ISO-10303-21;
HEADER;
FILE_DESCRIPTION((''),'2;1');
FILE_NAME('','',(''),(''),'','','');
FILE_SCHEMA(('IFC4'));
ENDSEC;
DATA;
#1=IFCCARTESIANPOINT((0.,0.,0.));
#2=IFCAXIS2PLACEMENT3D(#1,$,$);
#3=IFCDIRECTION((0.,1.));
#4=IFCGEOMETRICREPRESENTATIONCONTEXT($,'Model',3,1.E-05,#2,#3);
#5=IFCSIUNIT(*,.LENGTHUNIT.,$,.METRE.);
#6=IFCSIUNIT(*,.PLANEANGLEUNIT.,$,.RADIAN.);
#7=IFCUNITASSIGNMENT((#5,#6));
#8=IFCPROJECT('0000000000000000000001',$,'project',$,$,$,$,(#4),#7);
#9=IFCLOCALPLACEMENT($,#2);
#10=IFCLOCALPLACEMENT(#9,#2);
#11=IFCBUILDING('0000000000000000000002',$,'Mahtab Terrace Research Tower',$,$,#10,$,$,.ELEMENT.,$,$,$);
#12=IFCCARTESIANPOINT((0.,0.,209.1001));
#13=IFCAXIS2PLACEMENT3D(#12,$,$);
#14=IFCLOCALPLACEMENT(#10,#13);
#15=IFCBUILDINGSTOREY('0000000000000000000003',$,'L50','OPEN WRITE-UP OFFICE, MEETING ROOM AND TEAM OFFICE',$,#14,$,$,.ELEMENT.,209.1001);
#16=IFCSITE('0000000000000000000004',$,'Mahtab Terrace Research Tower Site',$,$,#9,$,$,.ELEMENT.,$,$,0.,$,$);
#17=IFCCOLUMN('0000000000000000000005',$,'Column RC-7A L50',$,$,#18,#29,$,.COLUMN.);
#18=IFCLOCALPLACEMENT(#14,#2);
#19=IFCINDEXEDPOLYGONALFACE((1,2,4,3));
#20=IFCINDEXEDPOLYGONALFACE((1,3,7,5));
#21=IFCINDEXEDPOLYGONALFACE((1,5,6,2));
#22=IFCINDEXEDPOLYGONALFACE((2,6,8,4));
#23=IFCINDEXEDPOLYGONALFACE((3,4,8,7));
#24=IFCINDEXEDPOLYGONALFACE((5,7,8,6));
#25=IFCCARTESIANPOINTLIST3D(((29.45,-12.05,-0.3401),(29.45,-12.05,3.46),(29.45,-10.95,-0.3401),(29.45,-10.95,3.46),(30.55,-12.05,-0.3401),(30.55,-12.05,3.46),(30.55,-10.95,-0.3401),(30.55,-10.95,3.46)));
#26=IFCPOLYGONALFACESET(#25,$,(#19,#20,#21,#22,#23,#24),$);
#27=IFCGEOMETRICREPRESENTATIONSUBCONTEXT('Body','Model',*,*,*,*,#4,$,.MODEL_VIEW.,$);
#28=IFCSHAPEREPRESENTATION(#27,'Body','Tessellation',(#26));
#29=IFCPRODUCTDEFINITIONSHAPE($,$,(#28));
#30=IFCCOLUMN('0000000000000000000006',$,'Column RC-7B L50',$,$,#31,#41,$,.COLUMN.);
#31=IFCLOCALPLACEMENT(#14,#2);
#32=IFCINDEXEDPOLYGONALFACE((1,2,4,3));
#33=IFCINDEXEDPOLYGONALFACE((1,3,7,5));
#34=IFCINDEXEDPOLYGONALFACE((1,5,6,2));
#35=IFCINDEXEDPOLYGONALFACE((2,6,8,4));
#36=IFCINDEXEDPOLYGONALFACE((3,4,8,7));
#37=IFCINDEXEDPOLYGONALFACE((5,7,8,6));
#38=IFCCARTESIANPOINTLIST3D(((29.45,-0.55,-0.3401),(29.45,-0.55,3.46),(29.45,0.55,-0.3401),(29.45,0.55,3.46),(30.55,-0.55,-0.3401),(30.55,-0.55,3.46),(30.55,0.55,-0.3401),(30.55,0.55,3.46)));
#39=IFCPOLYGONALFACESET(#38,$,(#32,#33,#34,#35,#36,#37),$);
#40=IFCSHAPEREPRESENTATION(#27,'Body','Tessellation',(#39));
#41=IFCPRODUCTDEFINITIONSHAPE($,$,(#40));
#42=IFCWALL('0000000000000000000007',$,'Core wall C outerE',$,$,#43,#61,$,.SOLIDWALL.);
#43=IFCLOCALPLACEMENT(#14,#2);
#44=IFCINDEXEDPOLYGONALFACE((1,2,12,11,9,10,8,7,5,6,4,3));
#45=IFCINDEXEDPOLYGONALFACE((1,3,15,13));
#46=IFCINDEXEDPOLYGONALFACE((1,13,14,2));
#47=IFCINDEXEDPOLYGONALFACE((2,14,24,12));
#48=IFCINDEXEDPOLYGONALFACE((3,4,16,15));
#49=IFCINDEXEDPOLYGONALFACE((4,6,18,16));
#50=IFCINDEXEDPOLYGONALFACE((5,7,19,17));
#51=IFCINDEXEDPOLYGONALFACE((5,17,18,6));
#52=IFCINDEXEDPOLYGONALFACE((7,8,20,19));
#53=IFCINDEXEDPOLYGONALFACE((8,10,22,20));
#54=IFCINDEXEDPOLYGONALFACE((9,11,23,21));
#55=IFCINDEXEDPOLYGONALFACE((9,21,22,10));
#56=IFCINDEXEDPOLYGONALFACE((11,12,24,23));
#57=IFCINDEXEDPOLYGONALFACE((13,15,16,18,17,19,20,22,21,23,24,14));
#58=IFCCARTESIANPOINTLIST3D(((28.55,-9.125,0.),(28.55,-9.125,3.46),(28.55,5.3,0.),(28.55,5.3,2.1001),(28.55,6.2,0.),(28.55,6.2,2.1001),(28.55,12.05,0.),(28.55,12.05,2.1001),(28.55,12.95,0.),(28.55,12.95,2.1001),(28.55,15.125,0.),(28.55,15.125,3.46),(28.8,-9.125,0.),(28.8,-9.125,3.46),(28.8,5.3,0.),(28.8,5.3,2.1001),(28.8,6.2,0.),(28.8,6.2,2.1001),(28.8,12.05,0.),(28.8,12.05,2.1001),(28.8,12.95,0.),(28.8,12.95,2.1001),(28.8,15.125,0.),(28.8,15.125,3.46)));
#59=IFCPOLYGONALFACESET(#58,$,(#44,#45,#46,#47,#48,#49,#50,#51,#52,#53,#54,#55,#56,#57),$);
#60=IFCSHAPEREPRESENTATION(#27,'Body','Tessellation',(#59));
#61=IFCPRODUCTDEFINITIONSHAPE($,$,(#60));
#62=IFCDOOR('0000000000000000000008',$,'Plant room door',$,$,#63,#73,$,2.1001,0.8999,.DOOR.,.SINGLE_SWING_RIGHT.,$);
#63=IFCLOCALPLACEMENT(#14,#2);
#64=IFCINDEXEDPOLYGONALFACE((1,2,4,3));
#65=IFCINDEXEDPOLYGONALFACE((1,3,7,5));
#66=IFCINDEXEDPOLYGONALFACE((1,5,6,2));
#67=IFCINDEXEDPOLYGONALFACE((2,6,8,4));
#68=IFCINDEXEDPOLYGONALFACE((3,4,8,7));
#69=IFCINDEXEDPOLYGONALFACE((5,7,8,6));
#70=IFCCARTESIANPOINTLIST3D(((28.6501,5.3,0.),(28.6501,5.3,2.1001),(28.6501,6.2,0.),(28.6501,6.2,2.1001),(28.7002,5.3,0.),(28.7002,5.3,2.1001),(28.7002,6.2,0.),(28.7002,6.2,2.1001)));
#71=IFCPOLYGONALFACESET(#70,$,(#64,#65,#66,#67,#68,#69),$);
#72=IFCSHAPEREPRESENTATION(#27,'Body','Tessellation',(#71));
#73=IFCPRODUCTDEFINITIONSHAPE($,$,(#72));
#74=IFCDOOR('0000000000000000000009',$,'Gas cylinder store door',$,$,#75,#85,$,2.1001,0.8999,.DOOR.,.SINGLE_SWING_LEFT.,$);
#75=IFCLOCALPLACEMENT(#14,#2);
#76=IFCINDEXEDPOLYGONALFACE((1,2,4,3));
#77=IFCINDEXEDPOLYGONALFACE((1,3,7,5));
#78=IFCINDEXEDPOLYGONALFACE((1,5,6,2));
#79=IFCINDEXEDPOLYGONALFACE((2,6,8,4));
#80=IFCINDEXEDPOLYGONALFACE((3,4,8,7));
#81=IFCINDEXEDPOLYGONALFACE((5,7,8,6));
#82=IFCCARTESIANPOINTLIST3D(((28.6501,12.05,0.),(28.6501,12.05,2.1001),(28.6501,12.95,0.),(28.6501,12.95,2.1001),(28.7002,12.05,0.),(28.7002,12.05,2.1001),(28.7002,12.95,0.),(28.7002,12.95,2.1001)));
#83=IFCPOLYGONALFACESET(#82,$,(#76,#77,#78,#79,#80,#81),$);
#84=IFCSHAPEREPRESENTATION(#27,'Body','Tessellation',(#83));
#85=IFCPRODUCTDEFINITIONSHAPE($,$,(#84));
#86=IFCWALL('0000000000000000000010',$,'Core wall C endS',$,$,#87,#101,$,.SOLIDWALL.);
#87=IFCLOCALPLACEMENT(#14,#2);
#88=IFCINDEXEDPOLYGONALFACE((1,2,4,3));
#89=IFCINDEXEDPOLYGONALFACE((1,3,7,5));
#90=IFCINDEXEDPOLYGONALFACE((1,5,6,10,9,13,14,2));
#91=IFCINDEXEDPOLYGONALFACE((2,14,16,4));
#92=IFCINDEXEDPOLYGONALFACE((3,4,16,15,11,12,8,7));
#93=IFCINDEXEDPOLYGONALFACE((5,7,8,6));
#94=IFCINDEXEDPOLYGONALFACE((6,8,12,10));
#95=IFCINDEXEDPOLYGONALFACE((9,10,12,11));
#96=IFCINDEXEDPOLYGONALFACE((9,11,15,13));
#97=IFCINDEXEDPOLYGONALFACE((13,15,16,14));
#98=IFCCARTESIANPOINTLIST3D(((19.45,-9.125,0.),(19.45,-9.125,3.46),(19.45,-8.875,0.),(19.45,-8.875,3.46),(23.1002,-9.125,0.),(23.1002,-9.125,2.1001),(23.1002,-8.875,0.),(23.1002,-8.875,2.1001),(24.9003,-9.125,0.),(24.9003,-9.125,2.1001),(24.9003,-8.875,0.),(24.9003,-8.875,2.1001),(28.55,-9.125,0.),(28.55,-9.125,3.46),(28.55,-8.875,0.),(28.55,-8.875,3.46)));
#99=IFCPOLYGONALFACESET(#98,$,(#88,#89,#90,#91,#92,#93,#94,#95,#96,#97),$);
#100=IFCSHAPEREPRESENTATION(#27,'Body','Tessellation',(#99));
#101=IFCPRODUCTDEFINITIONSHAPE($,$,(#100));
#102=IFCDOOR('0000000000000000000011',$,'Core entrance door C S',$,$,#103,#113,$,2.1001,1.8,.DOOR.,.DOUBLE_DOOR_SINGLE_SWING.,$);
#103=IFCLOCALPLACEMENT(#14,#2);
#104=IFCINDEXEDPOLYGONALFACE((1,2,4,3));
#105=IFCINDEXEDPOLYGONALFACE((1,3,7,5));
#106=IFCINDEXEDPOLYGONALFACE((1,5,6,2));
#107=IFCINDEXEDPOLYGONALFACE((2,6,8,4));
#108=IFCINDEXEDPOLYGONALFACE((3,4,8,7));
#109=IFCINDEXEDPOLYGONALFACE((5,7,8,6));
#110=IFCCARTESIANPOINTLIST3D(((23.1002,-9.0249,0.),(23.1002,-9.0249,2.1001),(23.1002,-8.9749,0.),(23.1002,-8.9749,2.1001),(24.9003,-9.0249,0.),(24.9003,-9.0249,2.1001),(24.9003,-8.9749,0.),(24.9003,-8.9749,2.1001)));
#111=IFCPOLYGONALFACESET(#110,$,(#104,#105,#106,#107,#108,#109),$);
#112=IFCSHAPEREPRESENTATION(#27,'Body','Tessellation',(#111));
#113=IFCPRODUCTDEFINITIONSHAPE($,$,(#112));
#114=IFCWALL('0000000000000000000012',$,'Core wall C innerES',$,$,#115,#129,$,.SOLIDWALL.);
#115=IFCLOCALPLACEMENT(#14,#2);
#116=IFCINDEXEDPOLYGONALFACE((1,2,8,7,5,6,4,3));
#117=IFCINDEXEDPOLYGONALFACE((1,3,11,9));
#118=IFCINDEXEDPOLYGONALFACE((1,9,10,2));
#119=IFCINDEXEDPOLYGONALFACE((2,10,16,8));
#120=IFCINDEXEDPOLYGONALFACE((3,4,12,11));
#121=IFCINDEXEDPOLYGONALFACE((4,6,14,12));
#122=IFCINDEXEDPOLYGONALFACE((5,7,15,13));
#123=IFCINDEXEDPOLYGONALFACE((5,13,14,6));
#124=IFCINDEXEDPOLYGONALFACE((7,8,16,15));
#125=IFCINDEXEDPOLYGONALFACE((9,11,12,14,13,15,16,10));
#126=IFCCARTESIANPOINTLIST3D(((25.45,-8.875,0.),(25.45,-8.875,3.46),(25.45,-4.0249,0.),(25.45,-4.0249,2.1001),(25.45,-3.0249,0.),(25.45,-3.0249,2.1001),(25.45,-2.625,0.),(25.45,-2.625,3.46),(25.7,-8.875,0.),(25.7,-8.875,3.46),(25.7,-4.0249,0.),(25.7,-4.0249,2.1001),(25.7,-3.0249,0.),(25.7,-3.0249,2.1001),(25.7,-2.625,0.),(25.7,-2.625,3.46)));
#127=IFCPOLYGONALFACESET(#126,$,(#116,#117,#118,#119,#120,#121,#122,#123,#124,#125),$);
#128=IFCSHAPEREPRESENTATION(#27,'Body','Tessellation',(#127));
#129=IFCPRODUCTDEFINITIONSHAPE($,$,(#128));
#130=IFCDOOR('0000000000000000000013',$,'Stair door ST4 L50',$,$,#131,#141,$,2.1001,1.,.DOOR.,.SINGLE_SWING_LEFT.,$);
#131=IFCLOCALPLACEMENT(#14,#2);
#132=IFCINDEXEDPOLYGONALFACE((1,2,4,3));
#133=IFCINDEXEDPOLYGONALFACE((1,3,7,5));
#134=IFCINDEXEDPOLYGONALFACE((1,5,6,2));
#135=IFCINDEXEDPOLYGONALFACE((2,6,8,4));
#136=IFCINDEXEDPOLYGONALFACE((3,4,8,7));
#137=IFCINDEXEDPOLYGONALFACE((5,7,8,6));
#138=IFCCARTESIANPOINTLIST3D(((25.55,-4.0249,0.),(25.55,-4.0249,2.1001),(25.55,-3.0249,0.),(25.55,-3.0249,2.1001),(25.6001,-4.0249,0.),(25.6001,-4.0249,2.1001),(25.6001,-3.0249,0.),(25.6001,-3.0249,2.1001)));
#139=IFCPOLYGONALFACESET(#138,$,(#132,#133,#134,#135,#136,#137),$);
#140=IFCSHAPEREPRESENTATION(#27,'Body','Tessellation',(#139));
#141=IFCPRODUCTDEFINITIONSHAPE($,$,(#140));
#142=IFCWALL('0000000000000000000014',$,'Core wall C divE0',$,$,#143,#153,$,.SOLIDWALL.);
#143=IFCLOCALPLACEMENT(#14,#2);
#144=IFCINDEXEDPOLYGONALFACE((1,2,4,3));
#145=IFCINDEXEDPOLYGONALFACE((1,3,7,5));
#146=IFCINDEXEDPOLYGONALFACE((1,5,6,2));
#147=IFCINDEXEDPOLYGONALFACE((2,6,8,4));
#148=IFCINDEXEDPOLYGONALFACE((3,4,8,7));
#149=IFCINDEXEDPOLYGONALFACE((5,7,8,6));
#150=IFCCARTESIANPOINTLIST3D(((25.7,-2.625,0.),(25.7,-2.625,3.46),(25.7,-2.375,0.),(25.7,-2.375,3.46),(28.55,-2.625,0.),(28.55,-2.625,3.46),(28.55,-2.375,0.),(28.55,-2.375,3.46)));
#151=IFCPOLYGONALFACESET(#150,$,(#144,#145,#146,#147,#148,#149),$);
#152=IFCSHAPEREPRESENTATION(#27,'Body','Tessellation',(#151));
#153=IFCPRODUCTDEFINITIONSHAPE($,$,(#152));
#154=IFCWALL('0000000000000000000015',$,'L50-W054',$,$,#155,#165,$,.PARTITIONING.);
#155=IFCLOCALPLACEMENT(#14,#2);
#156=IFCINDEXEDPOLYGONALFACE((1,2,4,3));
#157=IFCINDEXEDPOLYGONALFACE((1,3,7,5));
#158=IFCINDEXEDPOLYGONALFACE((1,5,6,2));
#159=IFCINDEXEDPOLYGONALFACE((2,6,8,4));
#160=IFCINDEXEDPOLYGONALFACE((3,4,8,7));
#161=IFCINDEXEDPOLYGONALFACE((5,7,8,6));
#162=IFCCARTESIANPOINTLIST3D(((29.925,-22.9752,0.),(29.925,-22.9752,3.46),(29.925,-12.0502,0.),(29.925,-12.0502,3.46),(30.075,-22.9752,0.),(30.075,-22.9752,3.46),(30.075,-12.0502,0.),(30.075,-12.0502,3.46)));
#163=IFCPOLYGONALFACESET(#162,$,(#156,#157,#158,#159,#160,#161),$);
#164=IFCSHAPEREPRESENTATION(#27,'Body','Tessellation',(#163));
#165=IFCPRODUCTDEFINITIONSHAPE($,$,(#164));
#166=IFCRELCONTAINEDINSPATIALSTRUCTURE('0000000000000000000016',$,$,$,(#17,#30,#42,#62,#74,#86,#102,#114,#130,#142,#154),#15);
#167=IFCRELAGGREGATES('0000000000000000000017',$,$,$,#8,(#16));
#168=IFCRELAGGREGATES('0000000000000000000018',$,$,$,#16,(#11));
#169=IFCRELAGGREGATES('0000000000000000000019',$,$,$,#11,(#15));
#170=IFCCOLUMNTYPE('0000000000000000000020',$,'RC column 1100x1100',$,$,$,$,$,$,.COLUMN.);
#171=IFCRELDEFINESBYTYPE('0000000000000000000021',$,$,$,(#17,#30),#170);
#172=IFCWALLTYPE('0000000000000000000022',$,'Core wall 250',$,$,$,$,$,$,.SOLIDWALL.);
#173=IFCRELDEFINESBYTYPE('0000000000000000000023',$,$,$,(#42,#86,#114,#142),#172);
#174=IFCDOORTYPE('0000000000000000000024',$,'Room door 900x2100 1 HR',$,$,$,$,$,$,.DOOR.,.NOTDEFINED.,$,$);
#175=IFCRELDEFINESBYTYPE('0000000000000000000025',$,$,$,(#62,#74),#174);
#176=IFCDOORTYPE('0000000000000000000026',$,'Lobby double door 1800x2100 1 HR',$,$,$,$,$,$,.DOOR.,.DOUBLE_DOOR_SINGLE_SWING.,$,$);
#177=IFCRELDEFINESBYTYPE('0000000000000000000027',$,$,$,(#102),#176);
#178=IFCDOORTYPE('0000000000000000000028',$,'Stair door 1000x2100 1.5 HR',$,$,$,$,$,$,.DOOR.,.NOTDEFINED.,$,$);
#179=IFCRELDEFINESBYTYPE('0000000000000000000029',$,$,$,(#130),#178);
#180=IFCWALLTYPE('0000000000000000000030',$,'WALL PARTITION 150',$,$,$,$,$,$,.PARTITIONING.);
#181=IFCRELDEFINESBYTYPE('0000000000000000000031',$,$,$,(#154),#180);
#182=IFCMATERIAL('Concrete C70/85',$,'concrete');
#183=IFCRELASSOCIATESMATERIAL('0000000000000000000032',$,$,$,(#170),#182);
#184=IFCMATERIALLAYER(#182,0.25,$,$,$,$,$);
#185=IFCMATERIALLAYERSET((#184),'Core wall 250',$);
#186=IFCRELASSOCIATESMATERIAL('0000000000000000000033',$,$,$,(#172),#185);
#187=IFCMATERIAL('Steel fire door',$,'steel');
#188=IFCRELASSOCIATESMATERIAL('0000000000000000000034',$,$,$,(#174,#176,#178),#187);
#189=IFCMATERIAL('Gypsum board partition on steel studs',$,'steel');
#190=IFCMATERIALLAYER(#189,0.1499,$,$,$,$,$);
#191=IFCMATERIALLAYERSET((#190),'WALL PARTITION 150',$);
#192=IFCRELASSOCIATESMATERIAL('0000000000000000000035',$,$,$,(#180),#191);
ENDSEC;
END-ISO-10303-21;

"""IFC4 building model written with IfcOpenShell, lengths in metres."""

from ifc_helpers import new_model, si_unit, direction, frame, frame_2d, origin, origin_2d, place, context, subcontext, project, spatial, rectangle, extrude, material, layer, layer_set, material_profile, profile_set, type_object, element, fill, save


model = new_model("IFC4")

# Units and contexts
model_context = context("Model", 3, precision=1e-05, world=origin(), true_north=direction((0.0, 1.0)))
body_context = subcontext(model_context, "Body", "Model", "MODEL_VIEW")
ifc_project = project(units=[si_unit("LENGTHUNIT", "METRE"), si_unit("PLANEANGLEUNIT", "RADIAN")], contexts=[model_context])

# Site, building, storey
site_placement = place(None, origin())
site = spatial("IfcSite", under=ifc_project, at=site_placement, Name="Mahtab Terrace Research Tower Site", CompositionType="ELEMENT", RefElevation=0.0)
building_placement = place(site_placement, origin())
building = spatial("IfcBuilding", under=site, at=building_placement, Name="Mahtab Terrace Research Tower", CompositionType="ELEMENT")
storey_placement = place(building_placement, frame((0.0, 0.0, 209.1001)))
storey = spatial("IfcBuildingStorey", under=building, at=storey_placement, Name="L50", Description="OPEN WRITE-UP OFFICE, MEETING ROOM AND TEAM OFFICE", CompositionType="ELEMENT", Elevation=209.1001)

# Columns
ifc_material_1 = material(Name="Concrete C70/85", Category="concrete")
ifc_material_profile = material_profile(ifc_material_1, rectangle(XDim=1.1001, YDim=1.1001, at=origin_2d()), Name="RC column 1100x1100")
ifc_profile_set = profile_set([ifc_material_profile], Name="Concrete C70/85")
column_type = type_object("IfcColumnType", Name="RC column 1100x1100", PredefinedType="COLUMN", material=ifc_profile_set)
for number, where, z_axis, x_axis, name in (
    (1, (30.0, -11.5, -0.3401), (0.0, 0.0, 1.0), (1.0, 0.0, 0.0), "Column RC-7A L50"),
    (2, (30.0, 0.0, -0.3401), (0.0, 0.0, 1.0), (1.0, 0.0, 0.0), "Column RC-7B L50"),
):
    element("IfcColumn", number, at=place(storey_placement, frame(where, z_axis=z_axis, x_axis=x_axis)), inside=storey, type_object=column_type, Name=name, PredefinedType="COLUMN", context=body_context, shape_type="SweptSolid", body=[
        extrude(rectangle(XDim=1.1001, YDim=1.1001, at=origin_2d()), origin(), (0.0, 0.0, 1.0), 3.8),
    ])

# Wall, openings, doors
ifc_layer_1 = layer(ifc_material_1, 0.25)
ifc_layer_set_1 = layer_set([ifc_layer_1], Name="Core wall 250")
wall_type_1 = type_object("IfcWallType", Name="Core wall 250", PredefinedType="SOLIDWALL", material=ifc_layer_set_1)
wall_1_placement = place(storey_placement, frame((28.675, -9.125, 0.0), z_axis=(0.0, 0.0, 1.0), x_axis=(0.0, 1.0, 0.0)))
wall_1 = element("IfcWall", 3, at=wall_1_placement, inside=storey, type_object=wall_type_1, Name="Core wall C outerE", PredefinedType="SOLIDWALL", context=body_context, shape_type="SweptSolid", body=[
    extrude(rectangle(XDim=24.25, YDim=0.25, at=frame_2d((12.125, 0.0))), origin(), (0.0, 0.0, 1.0), 3.46),
])
opening_1_placement = place(wall_1_placement, frame((14.425, 0.0, 0.0)))
opening_1 = element("IfcOpeningElement", 4, at=opening_1_placement, cuts=wall_1, PredefinedType="OPENING", context=body_context, shape_type="SweptSolid", body=[
    extrude(rectangle(XDim=0.8999, YDim=2.1001, at=frame_2d((0.45, 1.05))), frame((0.0, 0.135, 0.0), z_axis=(0.0, -1.0, 0.0), x_axis=(1.0, 0.0, 0.0)), (0.0, 0.0, 1.0), 0.27),
])
opening_2_placement = place(wall_1_placement, frame((21.175, 0.0, 0.0)))
opening_2 = element("IfcOpeningElement", 5, at=opening_2_placement, cuts=wall_1, PredefinedType="OPENING", context=body_context, shape_type="SweptSolid", body=[
    extrude(rectangle(XDim=0.8999, YDim=2.1001, at=frame_2d((0.45, 1.05))), frame((0.0, 0.135, 0.0), z_axis=(0.0, -1.0, 0.0), x_axis=(1.0, 0.0, 0.0)), (0.0, 0.0, 1.0), 0.27),
])
ifc_material_2 = material(Name="Steel fire door", Category="steel")
door_type_1 = type_object("IfcDoorType", Name="Room door 900x2100 1 HR", OperationType="NOTDEFINED", PredefinedType="DOOR", material=ifc_material_2)
door_1_placement = place(opening_1_placement, origin())
door_1 = element("IfcDoor", 6, at=door_1_placement, inside=storey, type_object=door_type_1, Name="Plant room door", OperationType="SINGLE_SWING_RIGHT", OverallHeight=2.1001, OverallWidth=0.8999, PredefinedType="DOOR", context=body_context, shape_type="SweptSolid", body=[
    extrude(rectangle(XDim=0.8999, YDim=2.1001, at=frame_2d((0.45, 1.05))), frame((0.0, 0.0249, 0.0), z_axis=(0.0, -1.0, 0.0), x_axis=(1.0, 0.0, 0.0)), (0.0, 0.0, 1.0), 0.05),
])
fill(opening_1, door_1)
door_2_placement = place(opening_2_placement, origin())
door_2 = element("IfcDoor", 7, at=door_2_placement, inside=storey, type_object=door_type_1, Name="Gas cylinder store door", OperationType="SINGLE_SWING_LEFT", OverallHeight=2.1001, OverallWidth=0.8999, PredefinedType="DOOR", context=body_context, shape_type="SweptSolid", body=[
    extrude(rectangle(XDim=0.8999, YDim=2.1001, at=frame_2d((0.45, 1.05))), frame((0.0, 0.0249, 0.0), z_axis=(0.0, -1.0, 0.0), x_axis=(1.0, 0.0, 0.0)), (0.0, 0.0, 1.0), 0.05),
])
fill(opening_2, door_2)

# Walls, openings, doors
wall_2_placement = place(storey_placement, frame((28.55, -9.0, 0.0), z_axis=(0.0, 0.0, 1.0), x_axis=(-1.0, 0.0, 0.0)))
wall_2 = element("IfcWall", 8, at=wall_2_placement, inside=storey, type_object=wall_type_1, Name="Core wall C endS", PredefinedType="SOLIDWALL", context=body_context, shape_type="SweptSolid", body=[
    extrude(rectangle(XDim=9.1001, YDim=0.25, at=frame_2d((4.55, 0.0))), origin(), (0.0, 0.0, 1.0), 3.46),
])
opening_3_placement = place(wall_2_placement, frame((3.6499, 0.0, 0.0)))
opening_3 = element("IfcOpeningElement", 9, at=opening_3_placement, cuts=wall_2, PredefinedType="OPENING", context=body_context, shape_type="SweptSolid", body=[
    extrude(rectangle(XDim=1.8, YDim=2.1001, at=frame_2d((0.8999, 1.05))), frame((0.0, 0.135, 0.0), z_axis=(0.0, -1.0, 0.0), x_axis=(1.0, 0.0, 0.0)), (0.0, 0.0, 1.0), 0.27),
])
door_type_2 = type_object("IfcDoorType", Name="Lobby double door 1800x2100 1 HR", OperationType="DOUBLE_DOOR_SINGLE_SWING", PredefinedType="DOOR", material=ifc_material_2)
door_3_placement = place(opening_3_placement, origin())
door_3 = element("IfcDoor", 10, at=door_3_placement, inside=storey, type_object=door_type_2, Name="Core entrance door C S", OperationType="DOUBLE_DOOR_SINGLE_SWING", OverallHeight=2.1001, OverallWidth=1.8, PredefinedType="DOOR", context=body_context, shape_type="SweptSolid", body=[
    extrude(rectangle(XDim=1.8, YDim=2.1001, at=frame_2d((0.8999, 1.05))), frame((0.0, 0.0249, 0.0), z_axis=(0.0, -1.0, 0.0), x_axis=(1.0, 0.0, 0.0)), (0.0, 0.0, 1.0), 0.05),
])
fill(opening_3, door_3)
wall_3_placement = place(storey_placement, frame((25.575, -8.875, 0.0), z_axis=(0.0, 0.0, 1.0), x_axis=(0.0, 1.0, 0.0)))
wall_3 = element("IfcWall", 11, at=wall_3_placement, inside=storey, type_object=wall_type_1, Name="Core wall C innerES", PredefinedType="SOLIDWALL", context=body_context, shape_type="SweptSolid", body=[
    extrude(rectangle(XDim=6.25, YDim=0.25, at=frame_2d((3.125, 0.0))), origin(), (0.0, 0.0, 1.0), 3.46),
])
opening_4_placement = place(wall_3_placement, frame((4.8501, 0.0, 0.0)))
opening_4 = element("IfcOpeningElement", 12, at=opening_4_placement, cuts=wall_3, PredefinedType="OPENING", context=body_context, shape_type="SweptSolid", body=[
    extrude(rectangle(XDim=1.0, YDim=2.1001, at=frame_2d((0.5, 1.05))), frame((0.0, 0.135, 0.0), z_axis=(0.0, -1.0, 0.0), x_axis=(1.0, 0.0, 0.0)), (0.0, 0.0, 1.0), 0.27),
])
door_type_3 = type_object("IfcDoorType", Name="Stair door 1000x2100 1.5 HR", OperationType="NOTDEFINED", PredefinedType="DOOR", material=ifc_material_2)
door_4_placement = place(opening_4_placement, origin())
door_4 = element("IfcDoor", 13, at=door_4_placement, inside=storey, type_object=door_type_3, Name="Stair door ST4 L50", OperationType="SINGLE_SWING_LEFT", OverallHeight=2.1001, OverallWidth=1.0, PredefinedType="DOOR", context=body_context, shape_type="SweptSolid", body=[
    extrude(rectangle(XDim=1.0, YDim=2.1001, at=frame_2d((0.5, 1.05))), frame((0.0, 0.0249, 0.0), z_axis=(0.0, -1.0, 0.0), x_axis=(1.0, 0.0, 0.0)), (0.0, 0.0, 1.0), 0.05),
])
fill(opening_4, door_4)

# Walls
wall_4_placement = place(storey_placement, frame((25.7, -2.5, 0.0), z_axis=(0.0, 0.0, 1.0), x_axis=(1.0, 0.0, 0.0)))
element("IfcWall", 14, at=wall_4_placement, inside=storey, type_object=wall_type_1, Name="Core wall C divE0", PredefinedType="SOLIDWALL", context=body_context, shape_type="SweptSolid", body=[
    extrude(rectangle(XDim=2.8501, YDim=0.25, at=frame_2d((1.425, 0.0))), origin(), (0.0, 0.0, 1.0), 3.46),
])
ifc_material_3 = material(Name="Gypsum board partition on steel studs", Category="steel")
ifc_layer_2 = layer(ifc_material_3, 0.1499)
ifc_layer_set_2 = layer_set([ifc_layer_2], Name="WALL PARTITION 150")
wall_type_2 = type_object("IfcWallType", Name="WALL PARTITION 150", PredefinedType="PARTITIONING", material=ifc_layer_set_2)
wall_5_placement = place(storey_placement, frame((30.0, -22.9751, 0.0), z_axis=(0.0, 0.0, 1.0), x_axis=(0.0, 1.0, 0.0)))
element("IfcWall", 15, at=wall_5_placement, inside=storey, type_object=wall_type_2, Name="L50-W054", PredefinedType="PARTITIONING", context=body_context, shape_type="SweptSolid", body=[
    extrude(rectangle(XDim=10.925, YDim=0.1499, at=frame_2d((5.4624, 0.0))), origin(), (0.0, 0.0, 1.0), 3.46),
])

save(model, "model.ifc")
